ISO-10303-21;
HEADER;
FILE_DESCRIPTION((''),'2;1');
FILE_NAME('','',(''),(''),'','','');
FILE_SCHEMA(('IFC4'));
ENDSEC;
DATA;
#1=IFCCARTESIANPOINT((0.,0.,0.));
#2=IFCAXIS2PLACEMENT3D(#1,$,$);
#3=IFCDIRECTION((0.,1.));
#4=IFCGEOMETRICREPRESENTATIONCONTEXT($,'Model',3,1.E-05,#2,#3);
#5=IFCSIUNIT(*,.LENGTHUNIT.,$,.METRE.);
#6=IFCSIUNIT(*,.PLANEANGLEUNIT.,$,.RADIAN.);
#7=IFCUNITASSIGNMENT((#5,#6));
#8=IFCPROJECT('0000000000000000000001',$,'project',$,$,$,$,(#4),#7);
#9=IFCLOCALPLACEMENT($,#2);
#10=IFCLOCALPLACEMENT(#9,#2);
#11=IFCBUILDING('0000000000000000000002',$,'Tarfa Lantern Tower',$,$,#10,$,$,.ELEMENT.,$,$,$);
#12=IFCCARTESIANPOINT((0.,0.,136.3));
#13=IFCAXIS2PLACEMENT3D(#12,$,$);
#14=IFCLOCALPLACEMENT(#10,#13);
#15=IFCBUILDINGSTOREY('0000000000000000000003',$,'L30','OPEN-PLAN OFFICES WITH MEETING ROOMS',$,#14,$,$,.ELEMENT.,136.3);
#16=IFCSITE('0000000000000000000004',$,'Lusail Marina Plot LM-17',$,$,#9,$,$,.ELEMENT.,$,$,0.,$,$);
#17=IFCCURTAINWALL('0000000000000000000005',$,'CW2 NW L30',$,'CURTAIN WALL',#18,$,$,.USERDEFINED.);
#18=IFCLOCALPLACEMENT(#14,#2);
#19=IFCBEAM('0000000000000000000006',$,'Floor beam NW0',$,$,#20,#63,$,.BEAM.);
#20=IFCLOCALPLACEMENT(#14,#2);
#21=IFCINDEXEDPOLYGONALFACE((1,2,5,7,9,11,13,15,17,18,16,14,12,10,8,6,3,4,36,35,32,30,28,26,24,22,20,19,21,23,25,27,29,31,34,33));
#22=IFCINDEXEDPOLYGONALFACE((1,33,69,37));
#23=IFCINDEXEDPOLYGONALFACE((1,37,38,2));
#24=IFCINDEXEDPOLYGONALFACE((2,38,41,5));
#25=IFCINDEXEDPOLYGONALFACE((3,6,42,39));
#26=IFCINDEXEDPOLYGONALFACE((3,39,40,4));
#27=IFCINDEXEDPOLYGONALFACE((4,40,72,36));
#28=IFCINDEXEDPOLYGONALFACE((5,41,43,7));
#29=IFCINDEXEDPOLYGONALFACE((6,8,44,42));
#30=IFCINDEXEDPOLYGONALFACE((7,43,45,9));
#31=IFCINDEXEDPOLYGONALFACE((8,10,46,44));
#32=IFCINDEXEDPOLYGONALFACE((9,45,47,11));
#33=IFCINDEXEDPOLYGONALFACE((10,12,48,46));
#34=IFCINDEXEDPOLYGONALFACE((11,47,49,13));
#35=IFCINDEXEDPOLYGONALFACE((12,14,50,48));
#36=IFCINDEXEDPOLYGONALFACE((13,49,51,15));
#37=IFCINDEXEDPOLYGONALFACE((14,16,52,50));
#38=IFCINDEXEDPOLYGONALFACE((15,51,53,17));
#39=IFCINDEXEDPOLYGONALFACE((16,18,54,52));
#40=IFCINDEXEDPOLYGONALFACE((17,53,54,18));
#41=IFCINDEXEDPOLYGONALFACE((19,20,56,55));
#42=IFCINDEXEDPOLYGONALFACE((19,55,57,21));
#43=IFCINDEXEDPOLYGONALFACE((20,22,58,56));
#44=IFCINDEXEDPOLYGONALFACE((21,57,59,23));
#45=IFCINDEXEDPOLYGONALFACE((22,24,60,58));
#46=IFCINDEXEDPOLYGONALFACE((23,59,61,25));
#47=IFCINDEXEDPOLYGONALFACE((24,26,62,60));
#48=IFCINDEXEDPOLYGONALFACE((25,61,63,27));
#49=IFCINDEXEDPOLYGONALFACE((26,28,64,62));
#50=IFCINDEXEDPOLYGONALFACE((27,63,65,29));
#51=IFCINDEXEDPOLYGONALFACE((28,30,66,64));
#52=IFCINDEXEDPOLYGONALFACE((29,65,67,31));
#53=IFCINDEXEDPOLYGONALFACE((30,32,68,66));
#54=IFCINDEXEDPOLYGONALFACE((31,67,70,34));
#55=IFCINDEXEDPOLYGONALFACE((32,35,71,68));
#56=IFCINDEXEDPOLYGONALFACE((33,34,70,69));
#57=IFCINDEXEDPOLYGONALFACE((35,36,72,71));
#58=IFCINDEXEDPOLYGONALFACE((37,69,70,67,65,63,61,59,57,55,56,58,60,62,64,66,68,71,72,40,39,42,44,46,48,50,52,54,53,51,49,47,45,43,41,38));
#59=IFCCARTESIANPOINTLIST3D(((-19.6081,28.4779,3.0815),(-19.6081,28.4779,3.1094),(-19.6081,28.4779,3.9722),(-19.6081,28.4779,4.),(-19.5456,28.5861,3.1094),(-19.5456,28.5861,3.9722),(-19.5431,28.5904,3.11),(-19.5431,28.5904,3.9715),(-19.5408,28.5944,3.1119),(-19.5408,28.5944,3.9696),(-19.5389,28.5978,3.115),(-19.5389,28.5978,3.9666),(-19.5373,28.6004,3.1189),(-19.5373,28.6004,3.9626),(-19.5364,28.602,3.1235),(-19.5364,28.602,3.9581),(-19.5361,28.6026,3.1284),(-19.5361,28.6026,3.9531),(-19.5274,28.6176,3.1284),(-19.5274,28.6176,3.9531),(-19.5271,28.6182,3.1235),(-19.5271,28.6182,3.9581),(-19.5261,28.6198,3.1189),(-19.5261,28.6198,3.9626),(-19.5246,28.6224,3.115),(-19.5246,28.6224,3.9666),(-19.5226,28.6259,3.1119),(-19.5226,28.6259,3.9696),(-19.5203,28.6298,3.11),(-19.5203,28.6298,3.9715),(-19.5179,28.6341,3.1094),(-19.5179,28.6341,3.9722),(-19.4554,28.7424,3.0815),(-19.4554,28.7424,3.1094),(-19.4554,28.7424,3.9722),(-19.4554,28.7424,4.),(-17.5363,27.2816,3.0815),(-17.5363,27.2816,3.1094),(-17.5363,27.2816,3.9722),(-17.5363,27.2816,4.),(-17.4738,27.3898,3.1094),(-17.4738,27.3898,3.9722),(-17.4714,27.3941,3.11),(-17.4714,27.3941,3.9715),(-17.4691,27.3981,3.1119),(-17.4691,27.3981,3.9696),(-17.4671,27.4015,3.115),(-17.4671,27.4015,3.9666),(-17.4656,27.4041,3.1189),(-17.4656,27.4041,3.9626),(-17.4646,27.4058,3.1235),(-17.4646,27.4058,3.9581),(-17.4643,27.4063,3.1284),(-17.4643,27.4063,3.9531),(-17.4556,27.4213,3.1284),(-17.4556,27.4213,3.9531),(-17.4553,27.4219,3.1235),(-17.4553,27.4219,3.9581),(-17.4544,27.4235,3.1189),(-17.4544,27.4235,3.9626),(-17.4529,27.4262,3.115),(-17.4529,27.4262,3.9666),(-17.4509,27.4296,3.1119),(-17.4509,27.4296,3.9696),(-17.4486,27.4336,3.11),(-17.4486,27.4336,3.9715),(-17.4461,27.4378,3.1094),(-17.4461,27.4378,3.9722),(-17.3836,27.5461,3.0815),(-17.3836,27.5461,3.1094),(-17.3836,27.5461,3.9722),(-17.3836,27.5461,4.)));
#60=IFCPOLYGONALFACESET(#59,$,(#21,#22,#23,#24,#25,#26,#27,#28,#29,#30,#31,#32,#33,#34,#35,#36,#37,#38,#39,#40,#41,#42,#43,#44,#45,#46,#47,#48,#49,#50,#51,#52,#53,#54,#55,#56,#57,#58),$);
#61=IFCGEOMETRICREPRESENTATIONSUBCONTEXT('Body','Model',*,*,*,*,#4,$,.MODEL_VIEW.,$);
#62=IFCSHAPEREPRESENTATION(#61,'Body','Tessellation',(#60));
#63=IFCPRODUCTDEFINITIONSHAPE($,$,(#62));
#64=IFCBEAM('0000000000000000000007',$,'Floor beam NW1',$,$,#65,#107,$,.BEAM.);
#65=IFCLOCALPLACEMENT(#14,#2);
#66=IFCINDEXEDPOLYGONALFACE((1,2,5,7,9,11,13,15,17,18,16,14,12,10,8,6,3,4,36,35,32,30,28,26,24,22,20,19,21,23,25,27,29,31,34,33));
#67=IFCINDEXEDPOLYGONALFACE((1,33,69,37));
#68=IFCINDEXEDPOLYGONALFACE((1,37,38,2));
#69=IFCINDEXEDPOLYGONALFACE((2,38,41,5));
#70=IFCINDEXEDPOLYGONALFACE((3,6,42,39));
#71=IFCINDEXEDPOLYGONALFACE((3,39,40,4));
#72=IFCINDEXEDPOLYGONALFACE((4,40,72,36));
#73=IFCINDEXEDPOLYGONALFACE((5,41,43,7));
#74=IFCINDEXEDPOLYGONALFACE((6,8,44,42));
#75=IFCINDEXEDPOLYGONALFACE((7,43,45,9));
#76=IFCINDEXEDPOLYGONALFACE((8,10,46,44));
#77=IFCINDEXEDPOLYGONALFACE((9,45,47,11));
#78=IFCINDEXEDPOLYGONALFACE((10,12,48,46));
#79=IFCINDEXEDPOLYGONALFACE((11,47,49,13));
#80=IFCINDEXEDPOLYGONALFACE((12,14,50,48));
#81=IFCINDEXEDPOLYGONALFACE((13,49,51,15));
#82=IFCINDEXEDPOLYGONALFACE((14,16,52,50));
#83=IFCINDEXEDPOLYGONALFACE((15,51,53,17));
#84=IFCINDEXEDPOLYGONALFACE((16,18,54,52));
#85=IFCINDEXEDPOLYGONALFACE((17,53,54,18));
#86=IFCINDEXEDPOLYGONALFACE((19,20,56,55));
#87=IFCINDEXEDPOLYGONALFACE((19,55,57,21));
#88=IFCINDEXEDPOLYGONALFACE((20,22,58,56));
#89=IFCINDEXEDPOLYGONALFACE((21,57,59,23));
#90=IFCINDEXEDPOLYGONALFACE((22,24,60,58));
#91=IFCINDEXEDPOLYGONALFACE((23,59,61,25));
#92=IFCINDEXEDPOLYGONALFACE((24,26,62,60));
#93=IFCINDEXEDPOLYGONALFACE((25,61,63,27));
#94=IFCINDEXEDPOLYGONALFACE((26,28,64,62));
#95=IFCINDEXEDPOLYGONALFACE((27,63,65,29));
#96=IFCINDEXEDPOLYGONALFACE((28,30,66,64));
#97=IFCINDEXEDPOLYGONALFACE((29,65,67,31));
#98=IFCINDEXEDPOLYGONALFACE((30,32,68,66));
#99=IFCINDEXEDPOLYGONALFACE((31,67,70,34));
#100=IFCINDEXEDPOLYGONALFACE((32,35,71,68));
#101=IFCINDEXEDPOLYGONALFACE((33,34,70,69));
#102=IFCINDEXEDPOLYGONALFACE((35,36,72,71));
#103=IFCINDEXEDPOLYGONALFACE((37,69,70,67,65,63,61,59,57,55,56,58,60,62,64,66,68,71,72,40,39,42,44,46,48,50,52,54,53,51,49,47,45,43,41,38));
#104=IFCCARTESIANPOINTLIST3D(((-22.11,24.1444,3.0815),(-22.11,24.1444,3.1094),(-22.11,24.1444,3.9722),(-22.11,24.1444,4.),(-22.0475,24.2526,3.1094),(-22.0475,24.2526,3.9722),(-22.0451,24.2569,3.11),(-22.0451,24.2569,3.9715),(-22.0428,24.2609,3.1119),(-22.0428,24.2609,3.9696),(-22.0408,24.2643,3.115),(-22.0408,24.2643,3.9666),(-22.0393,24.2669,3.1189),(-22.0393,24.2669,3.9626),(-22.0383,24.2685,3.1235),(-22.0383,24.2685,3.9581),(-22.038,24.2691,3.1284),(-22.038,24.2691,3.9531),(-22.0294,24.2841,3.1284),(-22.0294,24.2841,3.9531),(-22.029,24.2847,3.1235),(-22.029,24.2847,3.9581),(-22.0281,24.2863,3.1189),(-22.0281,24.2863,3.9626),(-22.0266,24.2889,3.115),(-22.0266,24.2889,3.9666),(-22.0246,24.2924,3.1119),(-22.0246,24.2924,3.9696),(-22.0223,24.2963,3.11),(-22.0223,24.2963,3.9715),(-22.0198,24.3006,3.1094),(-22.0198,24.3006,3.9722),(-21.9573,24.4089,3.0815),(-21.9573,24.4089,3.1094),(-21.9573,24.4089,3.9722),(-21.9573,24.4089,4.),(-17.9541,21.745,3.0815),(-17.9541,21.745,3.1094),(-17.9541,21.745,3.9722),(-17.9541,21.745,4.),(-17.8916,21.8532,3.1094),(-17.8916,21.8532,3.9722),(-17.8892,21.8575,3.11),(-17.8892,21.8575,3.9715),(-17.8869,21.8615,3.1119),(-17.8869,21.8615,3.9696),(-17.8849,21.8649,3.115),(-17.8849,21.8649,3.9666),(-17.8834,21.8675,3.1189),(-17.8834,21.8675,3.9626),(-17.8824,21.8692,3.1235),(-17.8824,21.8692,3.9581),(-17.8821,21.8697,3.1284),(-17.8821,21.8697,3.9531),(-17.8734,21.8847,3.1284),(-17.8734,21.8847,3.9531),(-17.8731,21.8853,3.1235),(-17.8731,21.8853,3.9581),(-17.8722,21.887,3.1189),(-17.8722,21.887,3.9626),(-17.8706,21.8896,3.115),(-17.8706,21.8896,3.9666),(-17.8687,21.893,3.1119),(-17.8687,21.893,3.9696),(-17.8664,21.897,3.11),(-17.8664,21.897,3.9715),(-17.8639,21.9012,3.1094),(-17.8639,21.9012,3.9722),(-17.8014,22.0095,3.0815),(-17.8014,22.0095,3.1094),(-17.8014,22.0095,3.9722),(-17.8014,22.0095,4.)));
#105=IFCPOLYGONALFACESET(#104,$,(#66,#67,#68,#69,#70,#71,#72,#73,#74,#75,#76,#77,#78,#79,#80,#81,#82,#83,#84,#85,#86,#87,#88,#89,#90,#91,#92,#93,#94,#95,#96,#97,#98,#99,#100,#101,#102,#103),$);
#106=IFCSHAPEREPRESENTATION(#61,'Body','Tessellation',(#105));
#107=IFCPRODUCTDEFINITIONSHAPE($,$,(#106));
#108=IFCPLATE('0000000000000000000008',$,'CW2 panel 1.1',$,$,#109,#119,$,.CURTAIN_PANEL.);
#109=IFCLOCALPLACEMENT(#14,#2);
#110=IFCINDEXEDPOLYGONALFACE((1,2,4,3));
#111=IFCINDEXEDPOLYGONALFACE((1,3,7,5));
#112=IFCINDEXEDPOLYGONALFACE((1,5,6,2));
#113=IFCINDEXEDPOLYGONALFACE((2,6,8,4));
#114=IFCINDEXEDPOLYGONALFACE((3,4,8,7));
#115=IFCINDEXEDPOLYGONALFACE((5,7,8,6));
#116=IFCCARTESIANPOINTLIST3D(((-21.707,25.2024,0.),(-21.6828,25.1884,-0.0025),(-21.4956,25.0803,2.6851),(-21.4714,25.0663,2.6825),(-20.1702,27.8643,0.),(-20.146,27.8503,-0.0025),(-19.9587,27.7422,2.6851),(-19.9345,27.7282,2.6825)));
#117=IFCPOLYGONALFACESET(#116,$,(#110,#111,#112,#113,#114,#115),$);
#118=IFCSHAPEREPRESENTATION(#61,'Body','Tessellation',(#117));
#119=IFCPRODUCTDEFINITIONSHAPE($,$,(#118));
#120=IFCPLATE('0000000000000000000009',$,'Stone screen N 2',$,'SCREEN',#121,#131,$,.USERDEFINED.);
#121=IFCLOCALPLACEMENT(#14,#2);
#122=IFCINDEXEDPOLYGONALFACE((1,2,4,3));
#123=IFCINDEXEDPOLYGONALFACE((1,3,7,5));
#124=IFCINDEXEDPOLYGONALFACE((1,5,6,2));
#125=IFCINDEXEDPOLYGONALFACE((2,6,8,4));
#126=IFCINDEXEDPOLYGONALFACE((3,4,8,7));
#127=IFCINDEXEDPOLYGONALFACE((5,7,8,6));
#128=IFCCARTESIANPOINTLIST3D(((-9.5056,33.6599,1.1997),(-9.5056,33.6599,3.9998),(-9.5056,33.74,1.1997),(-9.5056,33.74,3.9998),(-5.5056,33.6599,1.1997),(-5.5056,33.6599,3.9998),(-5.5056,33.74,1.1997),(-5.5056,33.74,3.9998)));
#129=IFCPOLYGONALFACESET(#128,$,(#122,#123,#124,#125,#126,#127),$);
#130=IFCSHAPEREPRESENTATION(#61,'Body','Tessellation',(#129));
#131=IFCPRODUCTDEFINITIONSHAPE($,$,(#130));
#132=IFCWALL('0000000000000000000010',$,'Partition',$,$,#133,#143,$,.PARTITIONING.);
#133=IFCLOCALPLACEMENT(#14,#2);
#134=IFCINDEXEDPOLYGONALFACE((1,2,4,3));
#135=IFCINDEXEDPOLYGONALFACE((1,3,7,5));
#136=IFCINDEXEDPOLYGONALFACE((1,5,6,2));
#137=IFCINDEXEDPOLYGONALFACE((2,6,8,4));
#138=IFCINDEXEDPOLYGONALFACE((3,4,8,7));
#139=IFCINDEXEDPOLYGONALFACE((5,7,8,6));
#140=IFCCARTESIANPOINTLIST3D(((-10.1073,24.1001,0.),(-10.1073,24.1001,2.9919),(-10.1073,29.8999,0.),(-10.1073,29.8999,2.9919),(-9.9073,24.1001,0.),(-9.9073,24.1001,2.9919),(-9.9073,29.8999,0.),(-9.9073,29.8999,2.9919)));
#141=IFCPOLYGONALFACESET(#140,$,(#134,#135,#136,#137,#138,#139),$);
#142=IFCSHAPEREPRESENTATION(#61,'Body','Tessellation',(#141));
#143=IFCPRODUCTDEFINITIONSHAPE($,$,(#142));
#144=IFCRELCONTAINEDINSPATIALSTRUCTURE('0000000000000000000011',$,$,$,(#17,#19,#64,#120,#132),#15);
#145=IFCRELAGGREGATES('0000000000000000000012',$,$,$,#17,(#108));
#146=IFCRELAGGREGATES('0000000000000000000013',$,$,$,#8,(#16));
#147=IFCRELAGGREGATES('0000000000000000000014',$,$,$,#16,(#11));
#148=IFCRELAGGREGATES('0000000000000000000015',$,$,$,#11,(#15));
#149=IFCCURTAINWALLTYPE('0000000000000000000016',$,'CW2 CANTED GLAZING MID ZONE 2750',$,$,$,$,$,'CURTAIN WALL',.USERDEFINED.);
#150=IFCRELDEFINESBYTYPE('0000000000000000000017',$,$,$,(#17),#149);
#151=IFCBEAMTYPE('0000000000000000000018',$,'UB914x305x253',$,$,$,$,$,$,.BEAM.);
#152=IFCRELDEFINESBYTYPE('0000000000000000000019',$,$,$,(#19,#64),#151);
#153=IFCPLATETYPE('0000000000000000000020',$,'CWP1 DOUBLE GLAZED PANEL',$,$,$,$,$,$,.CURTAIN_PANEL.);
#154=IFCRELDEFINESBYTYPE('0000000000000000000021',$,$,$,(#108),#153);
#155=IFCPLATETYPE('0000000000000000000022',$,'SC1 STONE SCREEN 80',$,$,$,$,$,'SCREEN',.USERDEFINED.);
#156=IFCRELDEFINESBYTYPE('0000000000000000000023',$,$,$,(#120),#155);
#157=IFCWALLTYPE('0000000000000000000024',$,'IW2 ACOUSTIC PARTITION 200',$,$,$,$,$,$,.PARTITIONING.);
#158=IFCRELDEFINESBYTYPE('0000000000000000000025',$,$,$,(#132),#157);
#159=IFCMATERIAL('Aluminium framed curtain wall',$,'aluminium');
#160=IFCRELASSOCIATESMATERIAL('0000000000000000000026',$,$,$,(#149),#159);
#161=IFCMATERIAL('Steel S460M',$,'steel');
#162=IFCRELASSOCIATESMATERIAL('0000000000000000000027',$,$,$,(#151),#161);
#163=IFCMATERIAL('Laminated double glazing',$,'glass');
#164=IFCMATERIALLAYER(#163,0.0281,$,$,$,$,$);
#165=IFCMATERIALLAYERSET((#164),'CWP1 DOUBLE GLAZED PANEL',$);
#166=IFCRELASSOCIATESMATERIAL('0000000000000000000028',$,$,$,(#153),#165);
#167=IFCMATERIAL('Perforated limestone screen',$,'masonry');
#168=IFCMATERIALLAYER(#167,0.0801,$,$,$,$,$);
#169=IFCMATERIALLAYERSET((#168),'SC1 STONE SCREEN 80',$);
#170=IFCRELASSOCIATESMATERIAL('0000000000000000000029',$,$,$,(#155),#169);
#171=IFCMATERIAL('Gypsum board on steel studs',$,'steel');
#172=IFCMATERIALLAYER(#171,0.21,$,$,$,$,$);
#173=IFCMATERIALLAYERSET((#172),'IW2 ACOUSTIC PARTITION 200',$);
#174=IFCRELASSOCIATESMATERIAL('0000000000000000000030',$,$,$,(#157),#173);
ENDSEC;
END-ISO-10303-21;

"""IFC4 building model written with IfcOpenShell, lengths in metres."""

from ifc_helpers import new_model, si_unit, direction, frame, frame_2d, origin, origin_2d, place, context, subcontext, project, spatial, polyline, rectangle, i_section, outline, extrude, material, layer, layer_set, material_profile, profile_set, type_object, element, aggregate, save


model = new_model("IFC4")

# Units and contexts
model_context = context("Model", 3, precision=1e-05, world=origin(), true_north=direction((0.0, 1.0)))
body_context = subcontext(model_context, "Body", "Model", "MODEL_VIEW")
ifc_project = project(units=[si_unit("LENGTHUNIT", "METRE"), si_unit("PLANEANGLEUNIT", "RADIAN")], contexts=[model_context])

# Site, building, storey
site_placement = place(None, origin())
site = spatial("IfcSite", under=ifc_project, at=site_placement, Name="Lusail Marina Plot LM-17", CompositionType="ELEMENT", RefElevation=0.0)
building_placement = place(site_placement, origin())
building = spatial("IfcBuilding", under=site, at=building_placement, Name="Tarfa Lantern Tower", CompositionType="ELEMENT")
storey_placement = place(building_placement, frame((0.0, 0.0, 136.3)))
storey = spatial("IfcBuildingStorey", under=building, at=storey_placement, Name="L30", Description="OPEN-PLAN OFFICES WITH MEETING ROOMS", CompositionType="ELEMENT", Elevation=136.3)

# Curtain wall
ifc_material_1 = material(Name="Aluminium framed curtain wall", Category="aluminium")
curtain_wall_type = type_object("IfcCurtainWallType", Name="CW2 CANTED GLAZING MID ZONE 2750", ElementType="CURTAIN WALL", PredefinedType="USERDEFINED", material=ifc_material_1)
curtain_wall_placement = place(storey_placement, origin())
curtain_wall = element("IfcCurtainWall", 1, at=curtain_wall_placement, inside=storey, type_object=curtain_wall_type, Name="CW2 NW L30", ObjectType="CURTAIN WALL", PredefinedType="USERDEFINED")

# Beams
ifc_material_2 = material(Name="Steel S460M", Category="steel")
ifc_material_profile_1 = material_profile(ifc_material_2, i_section(OverallWidth=0.3054, OverallDepth=0.9185, WebThickness=0.0173, FlangeThickness=0.0278, FilletRadius=0.019, at=origin_2d()), Name="UB914x305x253")
ifc_profile_set_1 = profile_set([ifc_material_profile_1], Name="Steel S460M")
beam_type_1 = type_object("IfcBeamType", Name="UB914x305x253", PredefinedType="BEAM", material=ifc_profile_set_1)
beam_1_placement = place(storey_placement, frame((-19.5317, 28.6101, 3.5408), z_axis=(0.865999, -0.500046, 0.0), x_axis=(0.500046, 0.865999, 0.0)))
element("IfcBeam", 2, at=beam_1_placement, inside=storey, type_object=beam_type_1, Name="Floor beam NW0", PredefinedType="BEAM", context=body_context, shape_type="SweptSolid", body=[
    extrude(i_section(OverallWidth=0.3054, OverallDepth=0.9185, WebThickness=0.0173, FlangeThickness=0.0278, FilletRadius=0.019, at=origin_2d()), origin(), (0.0, 0.0, 1.0), 2.3923),
])
beam_2_placement = place(storey_placement, frame((-22.0337, 24.2766, 3.5408), z_axis=(0.866031, -0.499991, 0.0), x_axis=(0.499991, 0.866031, 0.0)))
element("IfcBeam", 3, at=beam_2_placement, inside=storey, type_object=beam_type_1, Name="Floor beam NW1", PredefinedType="BEAM", context=body_context, shape_type="SweptSolid", body=[
    extrude(i_section(OverallWidth=0.3054, OverallDepth=0.9185, WebThickness=0.0173, FlangeThickness=0.0278, FilletRadius=0.019, at=origin_2d()), origin(), (0.0, 0.0, 1.0), 4.7988),
])

# Plates
ifc_material_3 = material(Name="Laminated double glazing", Category="glass")
ifc_layer_1 = layer(ifc_material_3, 0.0281)
ifc_layer_set_1 = layer_set([ifc_layer_1], Name="CWP1 DOUBLE GLAZED PANEL")
plate_type_1 = type_object("IfcPlateType", Name="CWP1 DOUBLE GLAZED PANEL", PredefinedType="CURTAIN_PANEL", material=ifc_layer_set_1)
plate_1_placement = place(storey_placement, frame((-20.1702, 27.8643, 0.0), z_axis=(-0.862463, 0.497955, 0.09055), x_axis=(-0.500009, -0.86602, 0.0)))
plate_1 = element("IfcPlate", 4, at=plate_1_placement, type_object=plate_type_1, Name="CW2 panel 1.1", PredefinedType="CURTAIN_PANEL", context=body_context, shape_type="SweptSolid", body=[
    extrude(outline(polyline([(0.0, 0.0), (3.0737, 0.0), (3.0737, 2.6961), (0.0, 2.6961), (0.0, 0.0)])), origin(), (0.0, 0.0, -1.0), 0.0281),
])
aggregate(curtain_wall, [plate_1])
ifc_material_4 = material(Name="Perforated limestone screen", Category="masonry")
ifc_layer_2 = layer(ifc_material_4, 0.0801)
ifc_layer_set_2 = layer_set([ifc_layer_2], Name="SC1 STONE SCREEN 80")
plate_type_2 = type_object("IfcPlateType", Name="SC1 STONE SCREEN 80", ElementType="SCREEN", PredefinedType="USERDEFINED", material=ifc_layer_set_2)
plate_2_placement = place(storey_placement, frame((-7.5056, 33.7, 1.1997), z_axis=(0.0, 0.0, 1.0), x_axis=(-1.0, 0.0, 0.0)))
element("IfcPlate", 5, at=plate_2_placement, inside=storey, type_object=plate_type_2, Name="Stone screen N 2", ObjectType="SCREEN", PredefinedType="USERDEFINED", context=body_context, shape_type="SweptSolid", body=[
    extrude(rectangle(XDim=4.0, YDim=0.0801, at=origin_2d()), origin(), (0.0, 0.0, 1.0), 2.8),
])

# Wall
ifc_material_5 = material(Name="Gypsum board on steel studs", Category="steel")
ifc_layer_3 = layer(ifc_material_5, 0.21)
ifc_layer_set_3 = layer_set([ifc_layer_3], Name="IW2 ACOUSTIC PARTITION 200")
wall_type = type_object("IfcWallType", Name="IW2 ACOUSTIC PARTITION 200", PredefinedType="PARTITIONING", material=ifc_layer_set_3)
wall_placement = place(storey_placement, frame((-10.0073, 24.1001, 0.0), z_axis=(0.0, 0.0, 1.0), x_axis=(0.0, 1.0, 0.0)))
element("IfcWall", 6, at=wall_placement, inside=storey, type_object=wall_type, Name="Partition", PredefinedType="PARTITIONING", context=body_context, shape_type="SweptSolid", body=[
    extrude(rectangle(XDim=5.7998, YDim=0.2, at=frame_2d((2.8999, 0.0))), origin(), (0.0, 0.0, 1.0), 2.9919),
])

save(model, "model.ifc")
